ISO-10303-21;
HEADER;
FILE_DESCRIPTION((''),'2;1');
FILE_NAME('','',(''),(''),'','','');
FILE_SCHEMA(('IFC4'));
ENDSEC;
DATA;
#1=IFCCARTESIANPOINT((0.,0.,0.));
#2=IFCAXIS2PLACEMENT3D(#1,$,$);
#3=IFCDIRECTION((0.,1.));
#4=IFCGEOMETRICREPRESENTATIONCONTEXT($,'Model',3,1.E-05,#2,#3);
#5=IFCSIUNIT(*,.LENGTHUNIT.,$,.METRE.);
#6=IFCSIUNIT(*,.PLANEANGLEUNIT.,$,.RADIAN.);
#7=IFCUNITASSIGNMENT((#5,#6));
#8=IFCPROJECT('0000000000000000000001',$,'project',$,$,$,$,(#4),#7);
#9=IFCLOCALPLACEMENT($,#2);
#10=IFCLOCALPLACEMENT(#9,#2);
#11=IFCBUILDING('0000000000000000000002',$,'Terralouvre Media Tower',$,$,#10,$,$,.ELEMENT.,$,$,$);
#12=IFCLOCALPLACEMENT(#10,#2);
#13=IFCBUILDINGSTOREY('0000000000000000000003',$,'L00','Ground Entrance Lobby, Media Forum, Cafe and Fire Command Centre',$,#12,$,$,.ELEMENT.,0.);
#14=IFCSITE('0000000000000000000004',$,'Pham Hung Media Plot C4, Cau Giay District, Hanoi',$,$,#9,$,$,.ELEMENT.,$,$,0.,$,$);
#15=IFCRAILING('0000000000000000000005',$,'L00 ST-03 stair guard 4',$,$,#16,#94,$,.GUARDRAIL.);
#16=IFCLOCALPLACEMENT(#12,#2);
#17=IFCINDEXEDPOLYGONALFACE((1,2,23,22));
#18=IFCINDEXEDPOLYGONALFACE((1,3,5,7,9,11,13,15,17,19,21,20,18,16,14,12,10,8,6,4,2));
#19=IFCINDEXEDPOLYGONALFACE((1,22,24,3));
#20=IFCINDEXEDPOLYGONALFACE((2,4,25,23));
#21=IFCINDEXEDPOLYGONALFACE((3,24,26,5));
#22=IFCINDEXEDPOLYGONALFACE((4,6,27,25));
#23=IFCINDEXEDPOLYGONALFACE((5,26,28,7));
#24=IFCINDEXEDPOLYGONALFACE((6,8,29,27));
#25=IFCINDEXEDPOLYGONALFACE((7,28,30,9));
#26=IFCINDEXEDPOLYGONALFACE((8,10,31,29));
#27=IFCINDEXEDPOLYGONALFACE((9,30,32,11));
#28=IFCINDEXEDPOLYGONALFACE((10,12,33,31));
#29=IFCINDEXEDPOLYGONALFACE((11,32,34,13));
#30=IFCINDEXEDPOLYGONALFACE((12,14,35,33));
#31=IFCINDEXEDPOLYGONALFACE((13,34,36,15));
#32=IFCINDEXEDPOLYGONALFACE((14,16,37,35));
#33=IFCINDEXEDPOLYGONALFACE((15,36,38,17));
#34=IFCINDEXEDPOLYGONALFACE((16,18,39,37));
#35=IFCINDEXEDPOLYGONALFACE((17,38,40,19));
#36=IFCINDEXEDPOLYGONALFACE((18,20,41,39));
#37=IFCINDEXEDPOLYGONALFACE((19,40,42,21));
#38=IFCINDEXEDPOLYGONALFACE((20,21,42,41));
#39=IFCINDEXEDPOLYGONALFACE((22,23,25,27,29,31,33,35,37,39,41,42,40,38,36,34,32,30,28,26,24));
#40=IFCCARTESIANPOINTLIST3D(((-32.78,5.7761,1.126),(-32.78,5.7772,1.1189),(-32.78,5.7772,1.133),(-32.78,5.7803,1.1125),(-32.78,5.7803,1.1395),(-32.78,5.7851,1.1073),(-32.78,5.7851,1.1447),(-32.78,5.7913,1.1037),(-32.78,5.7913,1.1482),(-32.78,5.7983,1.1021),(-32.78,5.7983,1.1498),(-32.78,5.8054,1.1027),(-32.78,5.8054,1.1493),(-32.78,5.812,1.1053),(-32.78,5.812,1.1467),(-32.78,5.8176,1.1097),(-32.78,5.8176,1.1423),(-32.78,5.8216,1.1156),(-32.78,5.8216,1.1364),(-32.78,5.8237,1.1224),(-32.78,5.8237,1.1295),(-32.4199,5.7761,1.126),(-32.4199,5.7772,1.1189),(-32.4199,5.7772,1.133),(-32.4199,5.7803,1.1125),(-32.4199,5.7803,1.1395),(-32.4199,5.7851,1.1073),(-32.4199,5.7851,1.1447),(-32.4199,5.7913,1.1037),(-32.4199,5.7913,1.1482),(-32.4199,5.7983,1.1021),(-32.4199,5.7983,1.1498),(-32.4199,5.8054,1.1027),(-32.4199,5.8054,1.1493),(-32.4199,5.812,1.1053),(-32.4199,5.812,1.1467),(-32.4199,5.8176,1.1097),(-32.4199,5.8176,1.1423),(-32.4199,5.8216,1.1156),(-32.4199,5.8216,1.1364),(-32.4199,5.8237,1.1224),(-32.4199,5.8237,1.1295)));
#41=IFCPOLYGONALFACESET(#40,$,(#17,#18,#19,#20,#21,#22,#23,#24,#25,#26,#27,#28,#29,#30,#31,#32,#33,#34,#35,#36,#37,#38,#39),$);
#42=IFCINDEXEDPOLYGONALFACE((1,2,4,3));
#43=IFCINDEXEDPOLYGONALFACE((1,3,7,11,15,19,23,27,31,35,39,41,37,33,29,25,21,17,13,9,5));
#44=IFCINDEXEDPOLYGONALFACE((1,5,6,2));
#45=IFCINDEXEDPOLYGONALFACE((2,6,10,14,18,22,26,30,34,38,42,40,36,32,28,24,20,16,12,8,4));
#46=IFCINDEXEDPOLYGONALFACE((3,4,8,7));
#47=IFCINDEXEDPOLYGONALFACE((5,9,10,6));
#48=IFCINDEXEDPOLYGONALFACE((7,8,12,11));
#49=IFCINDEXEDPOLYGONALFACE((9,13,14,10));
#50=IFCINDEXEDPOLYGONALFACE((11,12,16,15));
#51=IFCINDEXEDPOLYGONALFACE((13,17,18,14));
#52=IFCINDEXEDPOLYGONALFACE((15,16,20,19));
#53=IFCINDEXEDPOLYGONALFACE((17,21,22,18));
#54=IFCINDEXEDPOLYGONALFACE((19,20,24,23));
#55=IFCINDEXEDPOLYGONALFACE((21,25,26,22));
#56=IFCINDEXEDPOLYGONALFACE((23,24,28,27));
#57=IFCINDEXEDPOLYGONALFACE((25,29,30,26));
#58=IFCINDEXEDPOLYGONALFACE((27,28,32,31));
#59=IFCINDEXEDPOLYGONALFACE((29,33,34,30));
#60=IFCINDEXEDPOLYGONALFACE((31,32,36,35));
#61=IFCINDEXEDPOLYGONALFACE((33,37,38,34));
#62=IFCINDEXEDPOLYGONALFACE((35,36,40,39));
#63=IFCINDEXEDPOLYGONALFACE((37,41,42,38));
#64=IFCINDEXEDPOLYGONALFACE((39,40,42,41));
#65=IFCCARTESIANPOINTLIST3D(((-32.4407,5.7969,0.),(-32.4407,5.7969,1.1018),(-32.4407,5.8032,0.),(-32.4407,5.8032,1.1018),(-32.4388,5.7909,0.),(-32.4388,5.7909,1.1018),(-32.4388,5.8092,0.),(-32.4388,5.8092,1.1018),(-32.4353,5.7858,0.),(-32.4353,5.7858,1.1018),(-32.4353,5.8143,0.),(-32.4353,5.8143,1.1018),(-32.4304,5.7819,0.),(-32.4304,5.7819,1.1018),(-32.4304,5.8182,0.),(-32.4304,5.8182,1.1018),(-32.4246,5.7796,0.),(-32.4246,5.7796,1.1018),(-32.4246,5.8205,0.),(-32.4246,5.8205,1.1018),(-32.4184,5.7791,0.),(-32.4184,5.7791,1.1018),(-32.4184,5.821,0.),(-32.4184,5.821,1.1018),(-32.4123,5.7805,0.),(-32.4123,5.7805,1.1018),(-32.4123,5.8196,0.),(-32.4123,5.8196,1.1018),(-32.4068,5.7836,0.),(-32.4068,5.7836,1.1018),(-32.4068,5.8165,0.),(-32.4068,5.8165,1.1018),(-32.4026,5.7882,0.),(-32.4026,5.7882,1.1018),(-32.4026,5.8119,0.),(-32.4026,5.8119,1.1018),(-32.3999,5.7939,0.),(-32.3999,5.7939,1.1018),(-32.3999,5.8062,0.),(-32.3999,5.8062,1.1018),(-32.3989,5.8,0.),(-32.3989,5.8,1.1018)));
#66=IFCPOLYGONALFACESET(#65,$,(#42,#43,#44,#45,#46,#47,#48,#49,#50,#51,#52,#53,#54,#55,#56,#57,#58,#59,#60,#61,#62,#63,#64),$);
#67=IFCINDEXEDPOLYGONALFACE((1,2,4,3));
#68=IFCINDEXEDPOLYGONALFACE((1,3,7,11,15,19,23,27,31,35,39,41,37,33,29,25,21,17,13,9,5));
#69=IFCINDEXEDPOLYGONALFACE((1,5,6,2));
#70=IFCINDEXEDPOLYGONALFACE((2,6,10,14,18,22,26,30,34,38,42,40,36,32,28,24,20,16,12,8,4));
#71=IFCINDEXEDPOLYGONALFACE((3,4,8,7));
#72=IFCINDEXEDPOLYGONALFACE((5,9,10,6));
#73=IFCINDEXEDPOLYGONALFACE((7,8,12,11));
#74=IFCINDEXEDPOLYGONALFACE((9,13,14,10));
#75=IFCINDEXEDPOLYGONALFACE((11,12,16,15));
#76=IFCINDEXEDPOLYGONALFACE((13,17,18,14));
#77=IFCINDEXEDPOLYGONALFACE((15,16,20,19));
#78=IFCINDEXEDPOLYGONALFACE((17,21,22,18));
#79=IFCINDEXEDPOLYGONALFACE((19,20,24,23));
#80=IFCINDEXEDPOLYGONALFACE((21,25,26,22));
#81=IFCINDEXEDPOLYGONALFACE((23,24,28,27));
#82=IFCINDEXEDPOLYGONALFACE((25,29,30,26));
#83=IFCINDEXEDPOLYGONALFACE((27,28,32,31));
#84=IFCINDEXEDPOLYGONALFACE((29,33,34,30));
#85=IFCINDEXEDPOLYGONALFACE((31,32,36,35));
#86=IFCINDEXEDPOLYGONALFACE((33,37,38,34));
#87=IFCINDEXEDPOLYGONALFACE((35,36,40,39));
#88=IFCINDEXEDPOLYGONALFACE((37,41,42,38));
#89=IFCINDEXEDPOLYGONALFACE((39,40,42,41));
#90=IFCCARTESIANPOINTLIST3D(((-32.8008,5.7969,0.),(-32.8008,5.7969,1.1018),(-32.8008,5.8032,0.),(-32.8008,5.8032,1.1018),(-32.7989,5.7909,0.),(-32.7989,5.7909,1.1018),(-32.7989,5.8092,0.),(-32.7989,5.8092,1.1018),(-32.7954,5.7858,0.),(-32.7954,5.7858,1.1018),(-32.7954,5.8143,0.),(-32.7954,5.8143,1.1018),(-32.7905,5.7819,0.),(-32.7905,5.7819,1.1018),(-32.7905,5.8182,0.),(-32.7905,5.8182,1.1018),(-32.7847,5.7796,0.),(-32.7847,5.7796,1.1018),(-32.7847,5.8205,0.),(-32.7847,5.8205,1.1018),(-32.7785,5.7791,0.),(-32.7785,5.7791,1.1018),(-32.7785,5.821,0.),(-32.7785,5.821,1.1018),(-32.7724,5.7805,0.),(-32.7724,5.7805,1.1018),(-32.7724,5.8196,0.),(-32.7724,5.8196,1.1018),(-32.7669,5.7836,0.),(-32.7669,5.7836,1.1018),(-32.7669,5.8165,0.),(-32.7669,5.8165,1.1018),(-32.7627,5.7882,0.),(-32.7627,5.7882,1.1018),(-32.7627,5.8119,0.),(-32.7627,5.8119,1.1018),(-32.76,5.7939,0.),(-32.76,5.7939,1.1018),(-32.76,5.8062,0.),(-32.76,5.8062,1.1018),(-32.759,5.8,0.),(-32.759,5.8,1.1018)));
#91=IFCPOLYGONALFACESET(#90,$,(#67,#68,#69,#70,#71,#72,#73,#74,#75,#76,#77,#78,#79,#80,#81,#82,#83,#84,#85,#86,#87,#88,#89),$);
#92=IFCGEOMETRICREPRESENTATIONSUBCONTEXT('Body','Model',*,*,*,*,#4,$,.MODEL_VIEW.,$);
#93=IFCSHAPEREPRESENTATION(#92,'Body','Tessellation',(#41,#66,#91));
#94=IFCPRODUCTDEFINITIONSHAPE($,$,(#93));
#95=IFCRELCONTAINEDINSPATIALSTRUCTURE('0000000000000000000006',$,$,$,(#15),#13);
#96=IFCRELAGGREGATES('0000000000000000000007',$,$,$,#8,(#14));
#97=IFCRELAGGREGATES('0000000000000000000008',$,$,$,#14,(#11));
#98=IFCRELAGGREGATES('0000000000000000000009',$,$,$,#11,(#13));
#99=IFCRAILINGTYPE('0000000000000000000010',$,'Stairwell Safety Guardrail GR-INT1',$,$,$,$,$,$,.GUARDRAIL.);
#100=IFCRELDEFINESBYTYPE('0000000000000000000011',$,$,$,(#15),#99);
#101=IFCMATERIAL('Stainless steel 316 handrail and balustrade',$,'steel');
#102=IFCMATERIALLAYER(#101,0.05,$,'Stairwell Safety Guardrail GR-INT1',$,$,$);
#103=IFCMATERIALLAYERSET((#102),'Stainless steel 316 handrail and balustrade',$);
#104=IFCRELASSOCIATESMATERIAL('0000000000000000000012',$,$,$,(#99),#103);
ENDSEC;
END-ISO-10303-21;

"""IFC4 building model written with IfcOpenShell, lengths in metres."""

from ifc_helpers import new_model, si_unit, direction, frame, origin, origin_2d, place, context, subcontext, project, spatial, circle, extrude, material, layer, layer_set, type_object, element, save


model = new_model("IFC4")

# Units and contexts
model_context = context("Model", 3, precision=1e-05, world=origin(), true_north=direction((0.0, 1.0)))
body_context = subcontext(model_context, "Body", "Model", "MODEL_VIEW")
ifc_project = project(units=[si_unit("LENGTHUNIT", "METRE"), si_unit("PLANEANGLEUNIT", "RADIAN")], contexts=[model_context])

# Site, building, storey
site_placement = place(None, origin())
site = spatial("IfcSite", under=ifc_project, at=site_placement, Name="Pham Hung Media Plot C4, Cau Giay District, Hanoi", CompositionType="ELEMENT", RefElevation=0.0)
building_placement = place(site_placement, origin())
building = spatial("IfcBuilding", under=site, at=building_placement, Name="Terralouvre Media Tower", CompositionType="ELEMENT")
storey_placement = place(building_placement, origin())
storey = spatial("IfcBuildingStorey", under=building, at=storey_placement, Name="L00", Description="Ground Entrance Lobby, Media Forum, Cafe and Fire Command Centre", CompositionType="ELEMENT", Elevation=0.0)

# Railing
ifc_material_1 = material(Name="Stainless steel 316 handrail and balustrade", Category="steel")
ifc_layer_1 = layer(ifc_material_1, 0.05, Name="Stairwell Safety Guardrail GR-INT1")
ifc_layer_set_1 = layer_set([ifc_layer_1], Name="Stainless steel 316 handrail and balustrade")
railing_type_1 = type_object("IfcRailingType", Name="Stairwell Safety Guardrail GR-INT1", PredefinedType="GUARDRAIL", material=ifc_layer_set_1)
railing_1_placement = place(storey_placement, frame((-32.4199, 5.8, 0.0)))
element("IfcRailing", 1, at=railing_1_placement, inside=storey, type_object=railing_type_1, Name="L00 ST-03 stair guard 4", PredefinedType="GUARDRAIL", context=body_context, shape_type="SweptSolid", body=[
    extrude(circle(Radius=0.0239, at=origin_2d()), frame((0.0, 0.0, 1.126), z_axis=(-1.0, 0.0, 0.0), x_axis=(0.0, -1.0, 0.0)), (0.0, 0.0, 1.0), 0.3601),
    extrude(circle(Radius=0.021, at=origin_2d()), origin(), (0.0, 0.0, 1.0), 1.1018),
    extrude(circle(Radius=0.021, at=origin_2d()), frame((-0.3601, 0.0, 0.0)), (0.0, 0.0, 1.0), 1.1018),
])

save(model, "model.ifc")
